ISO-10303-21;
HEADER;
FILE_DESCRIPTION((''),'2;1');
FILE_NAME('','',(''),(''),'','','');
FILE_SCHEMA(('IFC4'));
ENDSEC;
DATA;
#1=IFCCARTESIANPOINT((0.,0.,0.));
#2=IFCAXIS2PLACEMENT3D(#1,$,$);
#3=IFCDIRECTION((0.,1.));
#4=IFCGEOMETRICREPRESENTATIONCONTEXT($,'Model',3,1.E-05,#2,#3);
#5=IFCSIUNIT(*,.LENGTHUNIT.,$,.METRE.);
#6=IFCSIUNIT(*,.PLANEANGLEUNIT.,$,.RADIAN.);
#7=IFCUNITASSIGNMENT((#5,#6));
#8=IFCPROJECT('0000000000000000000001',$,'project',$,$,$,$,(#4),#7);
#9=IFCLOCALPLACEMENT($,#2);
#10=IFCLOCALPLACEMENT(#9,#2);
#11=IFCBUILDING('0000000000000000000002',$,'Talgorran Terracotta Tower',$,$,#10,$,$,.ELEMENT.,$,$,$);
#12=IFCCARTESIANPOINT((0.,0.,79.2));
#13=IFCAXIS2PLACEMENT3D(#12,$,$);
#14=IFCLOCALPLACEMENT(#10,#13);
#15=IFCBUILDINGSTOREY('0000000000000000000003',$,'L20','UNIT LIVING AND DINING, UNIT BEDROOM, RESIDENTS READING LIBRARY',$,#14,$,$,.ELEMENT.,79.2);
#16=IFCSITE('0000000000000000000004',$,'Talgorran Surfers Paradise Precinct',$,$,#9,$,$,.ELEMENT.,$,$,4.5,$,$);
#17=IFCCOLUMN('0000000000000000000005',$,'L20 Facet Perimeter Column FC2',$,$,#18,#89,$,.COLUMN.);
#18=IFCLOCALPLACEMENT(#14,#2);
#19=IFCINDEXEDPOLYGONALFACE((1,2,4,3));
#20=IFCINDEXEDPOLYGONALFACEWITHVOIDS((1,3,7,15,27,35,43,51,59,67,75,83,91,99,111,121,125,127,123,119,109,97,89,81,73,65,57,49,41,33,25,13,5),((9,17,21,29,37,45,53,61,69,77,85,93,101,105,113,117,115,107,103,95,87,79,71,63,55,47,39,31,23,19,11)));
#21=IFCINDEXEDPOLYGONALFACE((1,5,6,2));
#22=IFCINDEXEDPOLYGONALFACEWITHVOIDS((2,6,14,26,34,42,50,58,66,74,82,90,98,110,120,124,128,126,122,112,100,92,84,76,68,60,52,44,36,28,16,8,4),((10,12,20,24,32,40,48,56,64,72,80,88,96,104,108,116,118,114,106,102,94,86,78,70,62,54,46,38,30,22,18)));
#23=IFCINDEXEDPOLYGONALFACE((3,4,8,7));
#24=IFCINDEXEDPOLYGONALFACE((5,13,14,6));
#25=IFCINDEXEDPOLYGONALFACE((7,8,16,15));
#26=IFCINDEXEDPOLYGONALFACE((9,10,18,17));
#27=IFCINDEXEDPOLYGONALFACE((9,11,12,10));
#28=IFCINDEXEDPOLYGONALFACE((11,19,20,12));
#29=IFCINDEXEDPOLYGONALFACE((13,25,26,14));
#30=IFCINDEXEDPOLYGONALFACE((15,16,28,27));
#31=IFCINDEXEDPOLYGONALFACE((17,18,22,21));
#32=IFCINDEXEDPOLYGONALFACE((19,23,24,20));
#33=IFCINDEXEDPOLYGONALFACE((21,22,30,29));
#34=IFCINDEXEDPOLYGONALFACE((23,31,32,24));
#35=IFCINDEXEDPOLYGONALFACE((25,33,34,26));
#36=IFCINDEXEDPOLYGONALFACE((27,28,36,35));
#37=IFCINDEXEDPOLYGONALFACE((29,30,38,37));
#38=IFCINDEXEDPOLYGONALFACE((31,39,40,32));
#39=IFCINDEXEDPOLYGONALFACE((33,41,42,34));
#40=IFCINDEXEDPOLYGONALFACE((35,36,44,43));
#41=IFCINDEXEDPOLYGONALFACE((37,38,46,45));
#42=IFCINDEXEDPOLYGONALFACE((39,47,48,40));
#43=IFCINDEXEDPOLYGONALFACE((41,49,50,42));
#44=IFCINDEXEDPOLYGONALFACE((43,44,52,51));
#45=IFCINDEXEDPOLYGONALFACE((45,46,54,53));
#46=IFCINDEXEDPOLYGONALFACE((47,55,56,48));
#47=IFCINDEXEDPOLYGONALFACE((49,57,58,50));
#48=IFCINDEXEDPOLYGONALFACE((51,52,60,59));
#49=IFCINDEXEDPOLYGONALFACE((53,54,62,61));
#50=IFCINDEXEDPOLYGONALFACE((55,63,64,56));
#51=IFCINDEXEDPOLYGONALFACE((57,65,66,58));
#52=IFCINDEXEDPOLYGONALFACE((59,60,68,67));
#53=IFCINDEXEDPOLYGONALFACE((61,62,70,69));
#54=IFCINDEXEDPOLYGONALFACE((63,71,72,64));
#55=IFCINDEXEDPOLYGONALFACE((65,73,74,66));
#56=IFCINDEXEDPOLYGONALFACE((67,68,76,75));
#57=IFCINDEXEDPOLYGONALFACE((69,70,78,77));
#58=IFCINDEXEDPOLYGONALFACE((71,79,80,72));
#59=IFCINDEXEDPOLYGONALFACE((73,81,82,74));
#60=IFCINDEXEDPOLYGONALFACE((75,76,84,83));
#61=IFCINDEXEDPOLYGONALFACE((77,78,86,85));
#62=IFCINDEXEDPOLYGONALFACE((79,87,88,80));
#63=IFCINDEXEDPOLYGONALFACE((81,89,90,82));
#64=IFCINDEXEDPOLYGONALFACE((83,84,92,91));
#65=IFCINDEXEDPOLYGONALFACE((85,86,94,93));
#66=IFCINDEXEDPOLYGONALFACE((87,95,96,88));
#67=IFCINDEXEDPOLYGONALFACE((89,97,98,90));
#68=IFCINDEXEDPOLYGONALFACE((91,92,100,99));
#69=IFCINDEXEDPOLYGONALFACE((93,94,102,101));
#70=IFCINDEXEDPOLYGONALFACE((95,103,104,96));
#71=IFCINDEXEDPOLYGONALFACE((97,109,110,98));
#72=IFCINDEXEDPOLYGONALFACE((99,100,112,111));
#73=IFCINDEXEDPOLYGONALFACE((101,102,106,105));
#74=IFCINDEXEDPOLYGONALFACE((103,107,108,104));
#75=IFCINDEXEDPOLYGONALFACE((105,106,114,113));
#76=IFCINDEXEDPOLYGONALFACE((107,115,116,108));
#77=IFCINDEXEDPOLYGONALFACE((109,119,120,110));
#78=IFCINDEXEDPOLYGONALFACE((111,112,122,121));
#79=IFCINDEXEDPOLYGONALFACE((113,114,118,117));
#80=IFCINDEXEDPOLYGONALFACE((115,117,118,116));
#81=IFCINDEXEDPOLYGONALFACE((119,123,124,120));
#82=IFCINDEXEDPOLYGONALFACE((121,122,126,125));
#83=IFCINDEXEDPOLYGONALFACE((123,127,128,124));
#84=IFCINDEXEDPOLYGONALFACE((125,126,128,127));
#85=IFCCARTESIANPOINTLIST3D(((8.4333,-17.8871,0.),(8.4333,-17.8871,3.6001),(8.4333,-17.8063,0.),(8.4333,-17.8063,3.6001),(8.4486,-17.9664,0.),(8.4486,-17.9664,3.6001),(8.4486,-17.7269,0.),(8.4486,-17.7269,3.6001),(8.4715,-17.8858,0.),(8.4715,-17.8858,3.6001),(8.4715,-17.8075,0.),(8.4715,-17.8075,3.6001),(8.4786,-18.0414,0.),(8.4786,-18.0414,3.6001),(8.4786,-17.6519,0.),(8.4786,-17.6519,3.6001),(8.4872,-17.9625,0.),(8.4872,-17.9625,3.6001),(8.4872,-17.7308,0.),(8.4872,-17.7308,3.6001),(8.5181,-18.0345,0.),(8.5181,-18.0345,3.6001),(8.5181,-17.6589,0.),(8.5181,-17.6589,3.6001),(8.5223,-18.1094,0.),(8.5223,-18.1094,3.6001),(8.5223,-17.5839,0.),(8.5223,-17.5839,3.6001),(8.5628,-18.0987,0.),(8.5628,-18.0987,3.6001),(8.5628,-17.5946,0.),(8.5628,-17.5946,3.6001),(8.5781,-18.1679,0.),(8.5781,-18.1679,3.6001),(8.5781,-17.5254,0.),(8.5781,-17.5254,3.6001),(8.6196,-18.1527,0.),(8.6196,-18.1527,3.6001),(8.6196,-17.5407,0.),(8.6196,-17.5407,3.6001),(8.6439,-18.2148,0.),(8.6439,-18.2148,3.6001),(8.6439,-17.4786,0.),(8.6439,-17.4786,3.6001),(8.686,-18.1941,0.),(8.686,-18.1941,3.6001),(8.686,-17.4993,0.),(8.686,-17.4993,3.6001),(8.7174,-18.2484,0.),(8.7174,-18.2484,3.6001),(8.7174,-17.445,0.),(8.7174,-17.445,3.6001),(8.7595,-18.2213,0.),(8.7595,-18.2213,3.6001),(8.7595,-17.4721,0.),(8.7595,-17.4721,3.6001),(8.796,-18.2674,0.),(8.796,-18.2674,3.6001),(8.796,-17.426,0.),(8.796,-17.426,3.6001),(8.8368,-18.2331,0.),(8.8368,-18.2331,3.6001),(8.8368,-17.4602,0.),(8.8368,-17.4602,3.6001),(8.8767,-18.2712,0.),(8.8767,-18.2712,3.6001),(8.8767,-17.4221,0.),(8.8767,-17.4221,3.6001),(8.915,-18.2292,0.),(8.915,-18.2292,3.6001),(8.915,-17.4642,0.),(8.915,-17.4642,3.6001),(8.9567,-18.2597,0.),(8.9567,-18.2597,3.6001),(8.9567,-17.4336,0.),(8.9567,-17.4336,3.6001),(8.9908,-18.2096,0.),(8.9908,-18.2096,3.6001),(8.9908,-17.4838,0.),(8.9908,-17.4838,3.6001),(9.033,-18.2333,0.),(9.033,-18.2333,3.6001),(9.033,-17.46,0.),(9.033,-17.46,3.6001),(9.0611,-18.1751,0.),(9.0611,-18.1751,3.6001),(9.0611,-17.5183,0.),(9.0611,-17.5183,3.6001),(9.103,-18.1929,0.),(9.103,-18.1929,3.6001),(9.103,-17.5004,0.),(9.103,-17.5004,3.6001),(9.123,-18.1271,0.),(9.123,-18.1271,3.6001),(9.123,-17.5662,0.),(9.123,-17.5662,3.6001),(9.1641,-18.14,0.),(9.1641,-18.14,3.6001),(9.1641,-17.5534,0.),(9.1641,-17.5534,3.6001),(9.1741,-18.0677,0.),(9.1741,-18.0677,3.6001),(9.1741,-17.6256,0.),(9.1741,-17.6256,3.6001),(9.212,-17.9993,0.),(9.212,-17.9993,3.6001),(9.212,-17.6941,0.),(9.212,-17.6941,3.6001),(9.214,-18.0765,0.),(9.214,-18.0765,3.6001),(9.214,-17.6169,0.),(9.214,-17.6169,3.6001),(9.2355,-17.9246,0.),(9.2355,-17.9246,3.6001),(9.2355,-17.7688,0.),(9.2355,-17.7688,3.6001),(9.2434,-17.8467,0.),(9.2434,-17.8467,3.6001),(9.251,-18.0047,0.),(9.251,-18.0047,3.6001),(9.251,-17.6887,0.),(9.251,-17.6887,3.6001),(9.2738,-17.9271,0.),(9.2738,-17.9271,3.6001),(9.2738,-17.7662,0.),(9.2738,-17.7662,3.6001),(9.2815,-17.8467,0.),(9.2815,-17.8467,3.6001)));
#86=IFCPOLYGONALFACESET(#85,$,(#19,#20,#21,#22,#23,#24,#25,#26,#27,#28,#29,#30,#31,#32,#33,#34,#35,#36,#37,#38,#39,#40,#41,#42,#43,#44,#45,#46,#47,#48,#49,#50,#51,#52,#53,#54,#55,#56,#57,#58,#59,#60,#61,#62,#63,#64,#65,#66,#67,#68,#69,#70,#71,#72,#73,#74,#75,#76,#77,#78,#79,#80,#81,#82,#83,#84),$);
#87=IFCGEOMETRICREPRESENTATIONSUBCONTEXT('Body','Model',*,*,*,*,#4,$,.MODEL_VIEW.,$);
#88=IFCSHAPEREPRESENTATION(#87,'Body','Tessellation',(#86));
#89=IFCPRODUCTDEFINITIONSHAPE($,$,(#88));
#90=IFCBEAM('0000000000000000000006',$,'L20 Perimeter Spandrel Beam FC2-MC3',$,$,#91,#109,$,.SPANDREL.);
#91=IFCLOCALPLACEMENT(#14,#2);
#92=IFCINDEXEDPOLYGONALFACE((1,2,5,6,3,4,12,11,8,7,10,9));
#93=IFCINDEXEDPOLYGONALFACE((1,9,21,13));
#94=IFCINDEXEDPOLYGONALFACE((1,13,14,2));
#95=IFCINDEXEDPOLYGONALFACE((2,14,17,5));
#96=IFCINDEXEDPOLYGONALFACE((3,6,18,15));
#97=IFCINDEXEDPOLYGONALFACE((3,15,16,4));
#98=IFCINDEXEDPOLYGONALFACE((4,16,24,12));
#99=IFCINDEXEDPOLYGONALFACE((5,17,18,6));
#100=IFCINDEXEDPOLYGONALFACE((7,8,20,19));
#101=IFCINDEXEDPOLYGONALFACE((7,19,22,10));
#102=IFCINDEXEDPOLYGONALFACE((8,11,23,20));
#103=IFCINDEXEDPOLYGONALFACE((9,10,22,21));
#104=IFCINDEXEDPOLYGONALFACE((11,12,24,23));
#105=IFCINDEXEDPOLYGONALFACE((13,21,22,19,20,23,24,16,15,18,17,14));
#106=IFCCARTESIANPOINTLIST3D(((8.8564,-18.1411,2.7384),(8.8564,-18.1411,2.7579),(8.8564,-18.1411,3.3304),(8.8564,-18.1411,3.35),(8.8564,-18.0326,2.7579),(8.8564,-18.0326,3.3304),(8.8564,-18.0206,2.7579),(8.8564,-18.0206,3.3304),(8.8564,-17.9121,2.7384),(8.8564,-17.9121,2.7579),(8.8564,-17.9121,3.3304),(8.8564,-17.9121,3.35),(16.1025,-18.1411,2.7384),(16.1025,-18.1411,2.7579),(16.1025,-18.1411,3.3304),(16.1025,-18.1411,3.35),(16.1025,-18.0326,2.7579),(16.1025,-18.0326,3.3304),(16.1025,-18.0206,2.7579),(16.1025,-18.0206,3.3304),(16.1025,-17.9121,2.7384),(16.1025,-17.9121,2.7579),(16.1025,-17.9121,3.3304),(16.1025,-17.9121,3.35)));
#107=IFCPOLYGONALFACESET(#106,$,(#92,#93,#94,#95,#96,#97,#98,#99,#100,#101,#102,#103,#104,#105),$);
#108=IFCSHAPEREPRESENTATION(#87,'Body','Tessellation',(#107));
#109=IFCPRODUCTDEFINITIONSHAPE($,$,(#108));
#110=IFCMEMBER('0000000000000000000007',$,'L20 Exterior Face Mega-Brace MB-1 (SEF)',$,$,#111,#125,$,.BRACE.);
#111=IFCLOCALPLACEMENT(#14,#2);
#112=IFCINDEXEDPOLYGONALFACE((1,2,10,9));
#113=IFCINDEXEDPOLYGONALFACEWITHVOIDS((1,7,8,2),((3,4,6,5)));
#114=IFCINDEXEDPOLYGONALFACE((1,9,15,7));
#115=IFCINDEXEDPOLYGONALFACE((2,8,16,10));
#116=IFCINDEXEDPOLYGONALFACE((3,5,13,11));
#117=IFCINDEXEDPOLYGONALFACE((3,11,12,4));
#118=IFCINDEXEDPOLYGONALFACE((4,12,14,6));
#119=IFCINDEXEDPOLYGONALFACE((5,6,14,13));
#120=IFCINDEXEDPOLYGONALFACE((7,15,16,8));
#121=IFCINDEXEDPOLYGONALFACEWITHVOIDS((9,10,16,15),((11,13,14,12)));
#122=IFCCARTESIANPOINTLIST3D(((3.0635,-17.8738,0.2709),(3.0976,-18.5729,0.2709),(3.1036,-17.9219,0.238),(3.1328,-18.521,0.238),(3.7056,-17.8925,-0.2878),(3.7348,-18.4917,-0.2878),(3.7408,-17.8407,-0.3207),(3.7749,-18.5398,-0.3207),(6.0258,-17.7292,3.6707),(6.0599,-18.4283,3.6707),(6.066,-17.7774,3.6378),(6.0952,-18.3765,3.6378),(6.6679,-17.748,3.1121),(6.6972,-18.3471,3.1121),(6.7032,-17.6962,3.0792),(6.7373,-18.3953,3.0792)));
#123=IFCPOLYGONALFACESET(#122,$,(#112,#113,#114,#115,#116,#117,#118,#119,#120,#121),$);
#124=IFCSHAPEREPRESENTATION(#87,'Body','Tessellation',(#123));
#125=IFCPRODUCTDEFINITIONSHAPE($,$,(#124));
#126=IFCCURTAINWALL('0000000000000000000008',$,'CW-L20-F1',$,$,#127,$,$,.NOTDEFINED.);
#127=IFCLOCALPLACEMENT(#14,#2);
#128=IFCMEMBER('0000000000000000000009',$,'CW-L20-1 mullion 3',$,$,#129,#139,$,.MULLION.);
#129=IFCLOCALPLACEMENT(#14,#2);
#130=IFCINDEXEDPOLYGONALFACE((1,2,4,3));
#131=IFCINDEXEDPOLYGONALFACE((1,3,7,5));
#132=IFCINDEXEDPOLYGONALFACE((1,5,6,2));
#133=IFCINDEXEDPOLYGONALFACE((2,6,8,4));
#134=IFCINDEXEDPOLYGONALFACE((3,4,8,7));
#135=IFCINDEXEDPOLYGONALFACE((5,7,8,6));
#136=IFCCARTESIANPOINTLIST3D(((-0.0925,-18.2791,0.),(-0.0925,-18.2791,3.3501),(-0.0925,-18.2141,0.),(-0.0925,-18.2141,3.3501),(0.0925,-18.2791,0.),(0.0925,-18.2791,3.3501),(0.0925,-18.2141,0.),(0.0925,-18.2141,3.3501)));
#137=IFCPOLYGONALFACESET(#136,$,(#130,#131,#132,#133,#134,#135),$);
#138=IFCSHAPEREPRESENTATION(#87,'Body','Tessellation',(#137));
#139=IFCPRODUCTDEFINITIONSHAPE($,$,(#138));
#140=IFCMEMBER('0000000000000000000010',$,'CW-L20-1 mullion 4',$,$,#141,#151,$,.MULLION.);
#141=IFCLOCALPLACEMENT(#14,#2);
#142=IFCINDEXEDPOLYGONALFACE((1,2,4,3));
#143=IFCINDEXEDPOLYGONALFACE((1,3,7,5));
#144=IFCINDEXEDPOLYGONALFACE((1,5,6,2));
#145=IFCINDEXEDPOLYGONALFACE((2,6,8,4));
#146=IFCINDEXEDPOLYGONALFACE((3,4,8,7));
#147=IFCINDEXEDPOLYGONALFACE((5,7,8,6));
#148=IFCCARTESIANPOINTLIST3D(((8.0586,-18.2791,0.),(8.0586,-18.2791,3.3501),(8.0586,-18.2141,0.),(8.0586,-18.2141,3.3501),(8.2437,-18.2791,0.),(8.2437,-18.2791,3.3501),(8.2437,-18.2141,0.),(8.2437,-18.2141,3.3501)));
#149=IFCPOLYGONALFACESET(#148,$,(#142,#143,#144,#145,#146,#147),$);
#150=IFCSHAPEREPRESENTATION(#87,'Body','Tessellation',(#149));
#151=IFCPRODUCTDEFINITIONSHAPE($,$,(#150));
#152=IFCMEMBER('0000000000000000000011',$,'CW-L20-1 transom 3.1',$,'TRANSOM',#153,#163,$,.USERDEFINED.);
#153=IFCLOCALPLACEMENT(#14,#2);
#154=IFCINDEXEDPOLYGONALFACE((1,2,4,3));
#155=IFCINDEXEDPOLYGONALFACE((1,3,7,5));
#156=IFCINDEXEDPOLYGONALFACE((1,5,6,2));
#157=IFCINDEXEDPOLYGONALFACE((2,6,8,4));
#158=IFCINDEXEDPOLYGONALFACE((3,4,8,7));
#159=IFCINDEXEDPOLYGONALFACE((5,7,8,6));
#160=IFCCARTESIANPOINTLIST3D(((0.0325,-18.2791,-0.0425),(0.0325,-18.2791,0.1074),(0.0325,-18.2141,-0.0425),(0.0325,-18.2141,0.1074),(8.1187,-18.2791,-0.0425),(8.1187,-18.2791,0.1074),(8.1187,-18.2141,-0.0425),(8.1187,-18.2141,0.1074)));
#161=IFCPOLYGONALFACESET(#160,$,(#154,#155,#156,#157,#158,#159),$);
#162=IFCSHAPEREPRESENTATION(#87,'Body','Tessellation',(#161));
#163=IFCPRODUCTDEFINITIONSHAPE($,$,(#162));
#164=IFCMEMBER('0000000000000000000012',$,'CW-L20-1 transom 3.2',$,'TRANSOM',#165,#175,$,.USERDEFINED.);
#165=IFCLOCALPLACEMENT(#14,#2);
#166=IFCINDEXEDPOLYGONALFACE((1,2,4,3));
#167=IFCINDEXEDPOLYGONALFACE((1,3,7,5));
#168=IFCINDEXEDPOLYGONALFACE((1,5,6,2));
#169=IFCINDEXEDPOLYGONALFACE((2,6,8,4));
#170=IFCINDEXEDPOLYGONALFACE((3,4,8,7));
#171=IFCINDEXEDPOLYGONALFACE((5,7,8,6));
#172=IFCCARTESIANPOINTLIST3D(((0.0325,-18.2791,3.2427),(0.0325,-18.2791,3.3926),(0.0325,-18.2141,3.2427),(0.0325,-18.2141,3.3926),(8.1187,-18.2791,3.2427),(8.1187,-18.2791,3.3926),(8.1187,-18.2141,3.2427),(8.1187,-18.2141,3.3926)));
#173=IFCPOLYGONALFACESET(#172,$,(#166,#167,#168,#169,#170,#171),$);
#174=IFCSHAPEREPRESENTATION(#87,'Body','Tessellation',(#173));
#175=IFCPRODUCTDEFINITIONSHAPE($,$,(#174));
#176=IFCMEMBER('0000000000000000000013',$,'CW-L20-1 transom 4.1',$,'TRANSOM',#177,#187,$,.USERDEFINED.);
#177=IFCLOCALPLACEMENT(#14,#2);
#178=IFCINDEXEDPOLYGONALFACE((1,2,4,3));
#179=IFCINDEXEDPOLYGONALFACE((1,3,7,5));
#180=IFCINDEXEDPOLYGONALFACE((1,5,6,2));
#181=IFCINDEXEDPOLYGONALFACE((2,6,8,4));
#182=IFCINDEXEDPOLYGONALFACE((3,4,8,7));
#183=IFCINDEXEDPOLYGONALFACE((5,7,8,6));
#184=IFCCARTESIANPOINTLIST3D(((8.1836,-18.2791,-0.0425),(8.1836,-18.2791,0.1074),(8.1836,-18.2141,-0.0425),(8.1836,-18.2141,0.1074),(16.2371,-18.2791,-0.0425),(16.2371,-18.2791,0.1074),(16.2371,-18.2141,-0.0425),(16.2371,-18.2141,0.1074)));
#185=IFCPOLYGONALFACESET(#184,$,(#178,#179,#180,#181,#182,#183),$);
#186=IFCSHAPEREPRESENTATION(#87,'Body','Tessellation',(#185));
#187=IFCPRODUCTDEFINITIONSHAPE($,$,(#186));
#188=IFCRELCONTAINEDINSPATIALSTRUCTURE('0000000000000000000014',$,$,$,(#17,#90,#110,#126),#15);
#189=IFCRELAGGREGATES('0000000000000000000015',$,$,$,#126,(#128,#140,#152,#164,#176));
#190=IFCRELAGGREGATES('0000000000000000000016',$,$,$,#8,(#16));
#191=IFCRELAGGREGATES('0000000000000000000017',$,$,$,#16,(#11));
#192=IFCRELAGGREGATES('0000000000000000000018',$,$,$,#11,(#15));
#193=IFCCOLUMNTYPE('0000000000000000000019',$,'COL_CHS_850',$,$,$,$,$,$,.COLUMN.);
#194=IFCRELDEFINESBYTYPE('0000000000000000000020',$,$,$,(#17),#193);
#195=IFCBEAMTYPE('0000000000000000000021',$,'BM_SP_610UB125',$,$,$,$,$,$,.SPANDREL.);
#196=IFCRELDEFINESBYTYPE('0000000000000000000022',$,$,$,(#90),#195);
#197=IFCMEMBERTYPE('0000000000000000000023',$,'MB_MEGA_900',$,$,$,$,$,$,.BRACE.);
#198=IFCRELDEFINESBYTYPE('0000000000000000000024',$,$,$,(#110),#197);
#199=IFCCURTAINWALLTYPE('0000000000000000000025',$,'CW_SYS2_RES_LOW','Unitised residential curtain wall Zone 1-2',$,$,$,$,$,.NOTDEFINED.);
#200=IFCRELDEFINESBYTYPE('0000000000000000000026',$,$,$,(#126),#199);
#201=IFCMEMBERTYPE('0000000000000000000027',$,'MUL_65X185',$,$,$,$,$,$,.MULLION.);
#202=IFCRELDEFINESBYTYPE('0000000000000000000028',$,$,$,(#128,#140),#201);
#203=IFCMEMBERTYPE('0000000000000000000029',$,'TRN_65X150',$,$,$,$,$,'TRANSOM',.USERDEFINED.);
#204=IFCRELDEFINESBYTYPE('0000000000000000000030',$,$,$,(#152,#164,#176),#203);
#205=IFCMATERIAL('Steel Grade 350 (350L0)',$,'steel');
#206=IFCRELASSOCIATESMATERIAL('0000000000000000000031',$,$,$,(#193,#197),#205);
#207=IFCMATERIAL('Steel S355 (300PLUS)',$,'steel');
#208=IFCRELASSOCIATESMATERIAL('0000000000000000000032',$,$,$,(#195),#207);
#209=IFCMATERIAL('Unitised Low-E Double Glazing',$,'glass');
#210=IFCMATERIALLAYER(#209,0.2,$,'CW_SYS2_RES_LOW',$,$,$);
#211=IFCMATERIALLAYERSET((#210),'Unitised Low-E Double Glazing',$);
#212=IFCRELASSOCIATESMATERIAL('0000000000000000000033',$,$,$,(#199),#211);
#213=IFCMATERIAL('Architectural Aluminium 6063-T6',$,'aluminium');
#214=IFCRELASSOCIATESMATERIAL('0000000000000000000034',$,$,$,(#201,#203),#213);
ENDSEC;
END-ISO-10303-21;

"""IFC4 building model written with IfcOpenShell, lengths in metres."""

from ifc_helpers import new_model, si_unit, direction, frame, origin, origin_2d, place, context, subcontext, project, spatial, rectangle, hollow_rectangle, hollow_circle, i_section, extrude, material, layer, layer_set, material_profile, profile_set, type_object, element, aggregate, save


model = new_model("IFC4")

# Units and contexts
model_context = context("Model", 3, precision=1e-05, world=origin(), true_north=direction((0.0, 1.0)))
body_context = subcontext(model_context, "Body", "Model", "MODEL_VIEW")
ifc_project = project(units=[si_unit("LENGTHUNIT", "METRE"), si_unit("PLANEANGLEUNIT", "RADIAN")], contexts=[model_context])

# Site, building, storey
site_placement = place(None, origin())
site = spatial("IfcSite", under=ifc_project, at=site_placement, Name="Talgorran Surfers Paradise Precinct", CompositionType="ELEMENT", RefElevation=4.5)
building_placement = place(site_placement, origin())
building = spatial("IfcBuilding", under=site, at=building_placement, Name="Talgorran Terracotta Tower", CompositionType="ELEMENT")
storey_placement = place(building_placement, frame((0.0, 0.0, 79.2)))
storey = spatial("IfcBuildingStorey", under=building, at=storey_placement, Name="L20", Description="UNIT LIVING AND DINING, UNIT BEDROOM, RESIDENTS READING LIBRARY", CompositionType="ELEMENT", Elevation=79.2)

# Column
ifc_material_1 = material(Name="Steel Grade 350 (350L0)", Category="steel")
ifc_material_profile_1 = material_profile(ifc_material_1, hollow_circle(Radius=0.425, WallThickness=0.0381, at=origin_2d()), Name="CHS850X38")
ifc_profile_set_1 = profile_set([ifc_material_profile_1], Name="Steel Grade 350 (350L0)")
column_type = type_object("IfcColumnType", Name="COL_CHS_850", PredefinedType="COLUMN", material=ifc_profile_set_1)
column_placement = place(storey_placement, frame((8.8564, -17.8467, 0.0), z_axis=(0.0, 0.0, 1.0), x_axis=(1.0, 0.0, 0.0)))
element("IfcColumn", 1, at=column_placement, inside=storey, type_object=column_type, Name="L20 Facet Perimeter Column FC2", PredefinedType="COLUMN", context=body_context, shape_type="SweptSolid", body=[
    extrude(hollow_circle(Radius=0.425, WallThickness=0.0381, at=origin_2d()), origin(), (0.0, 0.0, 1.0), 3.6001),
])

# Beam
ifc_material_2 = material(Name="Steel S355 (300PLUS)", Category="steel")
ifc_material_profile_2 = material_profile(ifc_material_2, i_section(OverallWidth=0.229, OverallDepth=0.6116, WebThickness=0.012, FlangeThickness=0.0195, at=origin_2d()), Name="610UB125")
ifc_profile_set_2 = profile_set([ifc_material_profile_2], Name="Steel S355 (300PLUS)")
beam_type = type_object("IfcBeamType", Name="BM_SP_610UB125", PredefinedType="SPANDREL", material=ifc_profile_set_2)
beam_placement = place(storey_placement, frame((8.8564, -18.0266, 3.0442), z_axis=(1.0, 0.0, 0.0), x_axis=(0.0, 1.0, 0.0)))
element("IfcBeam", 2, at=beam_placement, inside=storey, type_object=beam_type, Name="L20 Perimeter Spandrel Beam FC2-MC3", PredefinedType="SPANDREL", context=body_context, shape_type="SweptSolid", body=[
    extrude(i_section(OverallWidth=0.229, OverallDepth=0.6116, WebThickness=0.012, FlangeThickness=0.0195, at=origin_2d()), origin(), (0.0, 0.0, 1.0), 7.2461),
])

# Member
ifc_material_profile_3 = material_profile(ifc_material_1, hollow_rectangle(XDim=0.7, YDim=0.8999, WallThickness=0.05, at=origin_2d()), Name="WBOX900X700X50")
ifc_profile_set_3 = profile_set([ifc_material_profile_3], Name="Steel Grade 350 (350L0)")
member_type_1 = type_object("IfcMemberType", Name="MB_MEGA_900", PredefinedType="BRACE", material=ifc_profile_set_3)
member_1_placement = place(storey_placement, frame((3.4192, -18.2068, -0.0249), z_axis=(0.656595, 0.032034, 0.753563), x_axis=(-0.048731, 0.998812, 0.0)))
element("IfcMember", 3, at=member_1_placement, inside=storey, type_object=member_type_1, Name="L20 Exterior Face Mega-Brace MB-1 (SEF)", PredefinedType="BRACE", context=body_context, shape_type="SweptSolid", body=[
    extrude(hollow_rectangle(XDim=0.7, YDim=0.8999, WallThickness=0.05, at=origin_2d()), origin(), (0.0, 0.0, 1.0), 4.5117),
])

# Curtain wall, members
ifc_material_3 = material(Name="Unitised Low-E Double Glazing", Category="glass")
ifc_layer_1 = layer(ifc_material_3, 0.2, Name="CW_SYS2_RES_LOW")
ifc_layer_set_1 = layer_set([ifc_layer_1], Name="Unitised Low-E Double Glazing")
curtain_wall_type = type_object("IfcCurtainWallType", Name="CW_SYS2_RES_LOW", Description="Unitised residential curtain wall Zone 1-2", PredefinedType="NOTDEFINED", material=ifc_layer_set_1)
curtain_wall_placement = place(storey_placement, origin())
curtain_wall = element("IfcCurtainWall", 4, at=curtain_wall_placement, inside=storey, type_object=curtain_wall_type, Name="CW-L20-F1", PredefinedType="NOTDEFINED")
ifc_material_4 = material(Name="Architectural Aluminium 6063-T6", Category="aluminium")
ifc_material_profile_4 = material_profile(ifc_material_4, rectangle(XDim=0.0649, YDim=0.1851, at=origin_2d()), Name="CWM65X185")
ifc_profile_set_4 = profile_set([ifc_material_profile_4], Name="Architectural Aluminium 6063-T6")
member_type_2 = type_object("IfcMemberType", Name="MUL_65X185", PredefinedType="MULLION", material=ifc_profile_set_4)
member_2_placement = place(storey_placement, frame((0.0, -18.2466, 0.0), z_axis=(0.0, 0.0, 1.0), x_axis=(0.0, 1.0, 0.0)))
member_2 = element("IfcMember", 5, at=member_2_placement, type_object=member_type_2, Name="CW-L20-1 mullion 3", PredefinedType="MULLION", context=body_context, shape_type="SweptSolid", body=[
    extrude(rectangle(XDim=0.0649, YDim=0.1851, at=origin_2d()), origin(), (0.0, 0.0, 1.0), 3.3501),
])
member_3_placement = place(storey_placement, frame((8.1511, -18.2466, 0.0), z_axis=(0.0, 0.0, 1.0), x_axis=(0.0, 1.0, 0.0)))
member_3 = element("IfcMember", 6, at=member_3_placement, type_object=member_type_2, Name="CW-L20-1 mullion 4", PredefinedType="MULLION", context=body_context, shape_type="SweptSolid", body=[
    extrude(rectangle(XDim=0.0649, YDim=0.1851, at=origin_2d()), origin(), (0.0, 0.0, 1.0), 3.3501),
])
ifc_material_profile_5 = material_profile(ifc_material_4, rectangle(XDim=0.0649, YDim=0.1499, at=origin_2d()), Name="CWT65X150")
ifc_profile_set_5 = profile_set([ifc_material_profile_5], Name="Architectural Aluminium 6063-T6")
member_type_3 = type_object("IfcMemberType", Name="TRN_65X150", ElementType="TRANSOM", PredefinedType="USERDEFINED", material=ifc_profile_set_5)
member_4_placement = place(storey_placement, frame((0.0325, -18.2466, 0.0325), z_axis=(1.0, 0.0, 0.0), x_axis=(0.0, 1.0, 0.0)))
member_4 = element("IfcMember", 7, at=member_4_placement, type_object=member_type_3, Name="CW-L20-1 transom 3.1", ObjectType="TRANSOM", PredefinedType="USERDEFINED", context=body_context, shape_type="SweptSolid", body=[
    extrude(rectangle(XDim=0.0649, YDim=0.1499, at=origin_2d()), origin(), (0.0, 0.0, 1.0), 8.0862),
])
member_5_placement = place(storey_placement, frame((0.0325, -18.2466, 3.3176), z_axis=(1.0, 0.0, 0.0), x_axis=(0.0, 1.0, 0.0)))
member_5 = element("IfcMember", 8, at=member_5_placement, type_object=member_type_3, Name="CW-L20-1 transom 3.2", ObjectType="TRANSOM", PredefinedType="USERDEFINED", context=body_context, shape_type="SweptSolid", body=[
    extrude(rectangle(XDim=0.0649, YDim=0.1499, at=origin_2d()), origin(), (0.0, 0.0, 1.0), 8.0862),
])
member_6_placement = place(storey_placement, frame((8.1836, -18.2466, 0.0325), z_axis=(1.0, 0.0, 0.0), x_axis=(0.0, 1.0, 0.0)))
member_6 = element("IfcMember", 9, at=member_6_placement, type_object=member_type_3, Name="CW-L20-1 transom 4.1", ObjectType="TRANSOM", PredefinedType="USERDEFINED", context=body_context, shape_type="SweptSolid", body=[
    extrude(rectangle(XDim=0.0649, YDim=0.1499, at=origin_2d()), origin(), (0.0, 0.0, 1.0), 8.0535),
])

aggregate(curtain_wall, [member_2, member_3, member_4, member_5, member_6])

save(model, "model.ifc")
